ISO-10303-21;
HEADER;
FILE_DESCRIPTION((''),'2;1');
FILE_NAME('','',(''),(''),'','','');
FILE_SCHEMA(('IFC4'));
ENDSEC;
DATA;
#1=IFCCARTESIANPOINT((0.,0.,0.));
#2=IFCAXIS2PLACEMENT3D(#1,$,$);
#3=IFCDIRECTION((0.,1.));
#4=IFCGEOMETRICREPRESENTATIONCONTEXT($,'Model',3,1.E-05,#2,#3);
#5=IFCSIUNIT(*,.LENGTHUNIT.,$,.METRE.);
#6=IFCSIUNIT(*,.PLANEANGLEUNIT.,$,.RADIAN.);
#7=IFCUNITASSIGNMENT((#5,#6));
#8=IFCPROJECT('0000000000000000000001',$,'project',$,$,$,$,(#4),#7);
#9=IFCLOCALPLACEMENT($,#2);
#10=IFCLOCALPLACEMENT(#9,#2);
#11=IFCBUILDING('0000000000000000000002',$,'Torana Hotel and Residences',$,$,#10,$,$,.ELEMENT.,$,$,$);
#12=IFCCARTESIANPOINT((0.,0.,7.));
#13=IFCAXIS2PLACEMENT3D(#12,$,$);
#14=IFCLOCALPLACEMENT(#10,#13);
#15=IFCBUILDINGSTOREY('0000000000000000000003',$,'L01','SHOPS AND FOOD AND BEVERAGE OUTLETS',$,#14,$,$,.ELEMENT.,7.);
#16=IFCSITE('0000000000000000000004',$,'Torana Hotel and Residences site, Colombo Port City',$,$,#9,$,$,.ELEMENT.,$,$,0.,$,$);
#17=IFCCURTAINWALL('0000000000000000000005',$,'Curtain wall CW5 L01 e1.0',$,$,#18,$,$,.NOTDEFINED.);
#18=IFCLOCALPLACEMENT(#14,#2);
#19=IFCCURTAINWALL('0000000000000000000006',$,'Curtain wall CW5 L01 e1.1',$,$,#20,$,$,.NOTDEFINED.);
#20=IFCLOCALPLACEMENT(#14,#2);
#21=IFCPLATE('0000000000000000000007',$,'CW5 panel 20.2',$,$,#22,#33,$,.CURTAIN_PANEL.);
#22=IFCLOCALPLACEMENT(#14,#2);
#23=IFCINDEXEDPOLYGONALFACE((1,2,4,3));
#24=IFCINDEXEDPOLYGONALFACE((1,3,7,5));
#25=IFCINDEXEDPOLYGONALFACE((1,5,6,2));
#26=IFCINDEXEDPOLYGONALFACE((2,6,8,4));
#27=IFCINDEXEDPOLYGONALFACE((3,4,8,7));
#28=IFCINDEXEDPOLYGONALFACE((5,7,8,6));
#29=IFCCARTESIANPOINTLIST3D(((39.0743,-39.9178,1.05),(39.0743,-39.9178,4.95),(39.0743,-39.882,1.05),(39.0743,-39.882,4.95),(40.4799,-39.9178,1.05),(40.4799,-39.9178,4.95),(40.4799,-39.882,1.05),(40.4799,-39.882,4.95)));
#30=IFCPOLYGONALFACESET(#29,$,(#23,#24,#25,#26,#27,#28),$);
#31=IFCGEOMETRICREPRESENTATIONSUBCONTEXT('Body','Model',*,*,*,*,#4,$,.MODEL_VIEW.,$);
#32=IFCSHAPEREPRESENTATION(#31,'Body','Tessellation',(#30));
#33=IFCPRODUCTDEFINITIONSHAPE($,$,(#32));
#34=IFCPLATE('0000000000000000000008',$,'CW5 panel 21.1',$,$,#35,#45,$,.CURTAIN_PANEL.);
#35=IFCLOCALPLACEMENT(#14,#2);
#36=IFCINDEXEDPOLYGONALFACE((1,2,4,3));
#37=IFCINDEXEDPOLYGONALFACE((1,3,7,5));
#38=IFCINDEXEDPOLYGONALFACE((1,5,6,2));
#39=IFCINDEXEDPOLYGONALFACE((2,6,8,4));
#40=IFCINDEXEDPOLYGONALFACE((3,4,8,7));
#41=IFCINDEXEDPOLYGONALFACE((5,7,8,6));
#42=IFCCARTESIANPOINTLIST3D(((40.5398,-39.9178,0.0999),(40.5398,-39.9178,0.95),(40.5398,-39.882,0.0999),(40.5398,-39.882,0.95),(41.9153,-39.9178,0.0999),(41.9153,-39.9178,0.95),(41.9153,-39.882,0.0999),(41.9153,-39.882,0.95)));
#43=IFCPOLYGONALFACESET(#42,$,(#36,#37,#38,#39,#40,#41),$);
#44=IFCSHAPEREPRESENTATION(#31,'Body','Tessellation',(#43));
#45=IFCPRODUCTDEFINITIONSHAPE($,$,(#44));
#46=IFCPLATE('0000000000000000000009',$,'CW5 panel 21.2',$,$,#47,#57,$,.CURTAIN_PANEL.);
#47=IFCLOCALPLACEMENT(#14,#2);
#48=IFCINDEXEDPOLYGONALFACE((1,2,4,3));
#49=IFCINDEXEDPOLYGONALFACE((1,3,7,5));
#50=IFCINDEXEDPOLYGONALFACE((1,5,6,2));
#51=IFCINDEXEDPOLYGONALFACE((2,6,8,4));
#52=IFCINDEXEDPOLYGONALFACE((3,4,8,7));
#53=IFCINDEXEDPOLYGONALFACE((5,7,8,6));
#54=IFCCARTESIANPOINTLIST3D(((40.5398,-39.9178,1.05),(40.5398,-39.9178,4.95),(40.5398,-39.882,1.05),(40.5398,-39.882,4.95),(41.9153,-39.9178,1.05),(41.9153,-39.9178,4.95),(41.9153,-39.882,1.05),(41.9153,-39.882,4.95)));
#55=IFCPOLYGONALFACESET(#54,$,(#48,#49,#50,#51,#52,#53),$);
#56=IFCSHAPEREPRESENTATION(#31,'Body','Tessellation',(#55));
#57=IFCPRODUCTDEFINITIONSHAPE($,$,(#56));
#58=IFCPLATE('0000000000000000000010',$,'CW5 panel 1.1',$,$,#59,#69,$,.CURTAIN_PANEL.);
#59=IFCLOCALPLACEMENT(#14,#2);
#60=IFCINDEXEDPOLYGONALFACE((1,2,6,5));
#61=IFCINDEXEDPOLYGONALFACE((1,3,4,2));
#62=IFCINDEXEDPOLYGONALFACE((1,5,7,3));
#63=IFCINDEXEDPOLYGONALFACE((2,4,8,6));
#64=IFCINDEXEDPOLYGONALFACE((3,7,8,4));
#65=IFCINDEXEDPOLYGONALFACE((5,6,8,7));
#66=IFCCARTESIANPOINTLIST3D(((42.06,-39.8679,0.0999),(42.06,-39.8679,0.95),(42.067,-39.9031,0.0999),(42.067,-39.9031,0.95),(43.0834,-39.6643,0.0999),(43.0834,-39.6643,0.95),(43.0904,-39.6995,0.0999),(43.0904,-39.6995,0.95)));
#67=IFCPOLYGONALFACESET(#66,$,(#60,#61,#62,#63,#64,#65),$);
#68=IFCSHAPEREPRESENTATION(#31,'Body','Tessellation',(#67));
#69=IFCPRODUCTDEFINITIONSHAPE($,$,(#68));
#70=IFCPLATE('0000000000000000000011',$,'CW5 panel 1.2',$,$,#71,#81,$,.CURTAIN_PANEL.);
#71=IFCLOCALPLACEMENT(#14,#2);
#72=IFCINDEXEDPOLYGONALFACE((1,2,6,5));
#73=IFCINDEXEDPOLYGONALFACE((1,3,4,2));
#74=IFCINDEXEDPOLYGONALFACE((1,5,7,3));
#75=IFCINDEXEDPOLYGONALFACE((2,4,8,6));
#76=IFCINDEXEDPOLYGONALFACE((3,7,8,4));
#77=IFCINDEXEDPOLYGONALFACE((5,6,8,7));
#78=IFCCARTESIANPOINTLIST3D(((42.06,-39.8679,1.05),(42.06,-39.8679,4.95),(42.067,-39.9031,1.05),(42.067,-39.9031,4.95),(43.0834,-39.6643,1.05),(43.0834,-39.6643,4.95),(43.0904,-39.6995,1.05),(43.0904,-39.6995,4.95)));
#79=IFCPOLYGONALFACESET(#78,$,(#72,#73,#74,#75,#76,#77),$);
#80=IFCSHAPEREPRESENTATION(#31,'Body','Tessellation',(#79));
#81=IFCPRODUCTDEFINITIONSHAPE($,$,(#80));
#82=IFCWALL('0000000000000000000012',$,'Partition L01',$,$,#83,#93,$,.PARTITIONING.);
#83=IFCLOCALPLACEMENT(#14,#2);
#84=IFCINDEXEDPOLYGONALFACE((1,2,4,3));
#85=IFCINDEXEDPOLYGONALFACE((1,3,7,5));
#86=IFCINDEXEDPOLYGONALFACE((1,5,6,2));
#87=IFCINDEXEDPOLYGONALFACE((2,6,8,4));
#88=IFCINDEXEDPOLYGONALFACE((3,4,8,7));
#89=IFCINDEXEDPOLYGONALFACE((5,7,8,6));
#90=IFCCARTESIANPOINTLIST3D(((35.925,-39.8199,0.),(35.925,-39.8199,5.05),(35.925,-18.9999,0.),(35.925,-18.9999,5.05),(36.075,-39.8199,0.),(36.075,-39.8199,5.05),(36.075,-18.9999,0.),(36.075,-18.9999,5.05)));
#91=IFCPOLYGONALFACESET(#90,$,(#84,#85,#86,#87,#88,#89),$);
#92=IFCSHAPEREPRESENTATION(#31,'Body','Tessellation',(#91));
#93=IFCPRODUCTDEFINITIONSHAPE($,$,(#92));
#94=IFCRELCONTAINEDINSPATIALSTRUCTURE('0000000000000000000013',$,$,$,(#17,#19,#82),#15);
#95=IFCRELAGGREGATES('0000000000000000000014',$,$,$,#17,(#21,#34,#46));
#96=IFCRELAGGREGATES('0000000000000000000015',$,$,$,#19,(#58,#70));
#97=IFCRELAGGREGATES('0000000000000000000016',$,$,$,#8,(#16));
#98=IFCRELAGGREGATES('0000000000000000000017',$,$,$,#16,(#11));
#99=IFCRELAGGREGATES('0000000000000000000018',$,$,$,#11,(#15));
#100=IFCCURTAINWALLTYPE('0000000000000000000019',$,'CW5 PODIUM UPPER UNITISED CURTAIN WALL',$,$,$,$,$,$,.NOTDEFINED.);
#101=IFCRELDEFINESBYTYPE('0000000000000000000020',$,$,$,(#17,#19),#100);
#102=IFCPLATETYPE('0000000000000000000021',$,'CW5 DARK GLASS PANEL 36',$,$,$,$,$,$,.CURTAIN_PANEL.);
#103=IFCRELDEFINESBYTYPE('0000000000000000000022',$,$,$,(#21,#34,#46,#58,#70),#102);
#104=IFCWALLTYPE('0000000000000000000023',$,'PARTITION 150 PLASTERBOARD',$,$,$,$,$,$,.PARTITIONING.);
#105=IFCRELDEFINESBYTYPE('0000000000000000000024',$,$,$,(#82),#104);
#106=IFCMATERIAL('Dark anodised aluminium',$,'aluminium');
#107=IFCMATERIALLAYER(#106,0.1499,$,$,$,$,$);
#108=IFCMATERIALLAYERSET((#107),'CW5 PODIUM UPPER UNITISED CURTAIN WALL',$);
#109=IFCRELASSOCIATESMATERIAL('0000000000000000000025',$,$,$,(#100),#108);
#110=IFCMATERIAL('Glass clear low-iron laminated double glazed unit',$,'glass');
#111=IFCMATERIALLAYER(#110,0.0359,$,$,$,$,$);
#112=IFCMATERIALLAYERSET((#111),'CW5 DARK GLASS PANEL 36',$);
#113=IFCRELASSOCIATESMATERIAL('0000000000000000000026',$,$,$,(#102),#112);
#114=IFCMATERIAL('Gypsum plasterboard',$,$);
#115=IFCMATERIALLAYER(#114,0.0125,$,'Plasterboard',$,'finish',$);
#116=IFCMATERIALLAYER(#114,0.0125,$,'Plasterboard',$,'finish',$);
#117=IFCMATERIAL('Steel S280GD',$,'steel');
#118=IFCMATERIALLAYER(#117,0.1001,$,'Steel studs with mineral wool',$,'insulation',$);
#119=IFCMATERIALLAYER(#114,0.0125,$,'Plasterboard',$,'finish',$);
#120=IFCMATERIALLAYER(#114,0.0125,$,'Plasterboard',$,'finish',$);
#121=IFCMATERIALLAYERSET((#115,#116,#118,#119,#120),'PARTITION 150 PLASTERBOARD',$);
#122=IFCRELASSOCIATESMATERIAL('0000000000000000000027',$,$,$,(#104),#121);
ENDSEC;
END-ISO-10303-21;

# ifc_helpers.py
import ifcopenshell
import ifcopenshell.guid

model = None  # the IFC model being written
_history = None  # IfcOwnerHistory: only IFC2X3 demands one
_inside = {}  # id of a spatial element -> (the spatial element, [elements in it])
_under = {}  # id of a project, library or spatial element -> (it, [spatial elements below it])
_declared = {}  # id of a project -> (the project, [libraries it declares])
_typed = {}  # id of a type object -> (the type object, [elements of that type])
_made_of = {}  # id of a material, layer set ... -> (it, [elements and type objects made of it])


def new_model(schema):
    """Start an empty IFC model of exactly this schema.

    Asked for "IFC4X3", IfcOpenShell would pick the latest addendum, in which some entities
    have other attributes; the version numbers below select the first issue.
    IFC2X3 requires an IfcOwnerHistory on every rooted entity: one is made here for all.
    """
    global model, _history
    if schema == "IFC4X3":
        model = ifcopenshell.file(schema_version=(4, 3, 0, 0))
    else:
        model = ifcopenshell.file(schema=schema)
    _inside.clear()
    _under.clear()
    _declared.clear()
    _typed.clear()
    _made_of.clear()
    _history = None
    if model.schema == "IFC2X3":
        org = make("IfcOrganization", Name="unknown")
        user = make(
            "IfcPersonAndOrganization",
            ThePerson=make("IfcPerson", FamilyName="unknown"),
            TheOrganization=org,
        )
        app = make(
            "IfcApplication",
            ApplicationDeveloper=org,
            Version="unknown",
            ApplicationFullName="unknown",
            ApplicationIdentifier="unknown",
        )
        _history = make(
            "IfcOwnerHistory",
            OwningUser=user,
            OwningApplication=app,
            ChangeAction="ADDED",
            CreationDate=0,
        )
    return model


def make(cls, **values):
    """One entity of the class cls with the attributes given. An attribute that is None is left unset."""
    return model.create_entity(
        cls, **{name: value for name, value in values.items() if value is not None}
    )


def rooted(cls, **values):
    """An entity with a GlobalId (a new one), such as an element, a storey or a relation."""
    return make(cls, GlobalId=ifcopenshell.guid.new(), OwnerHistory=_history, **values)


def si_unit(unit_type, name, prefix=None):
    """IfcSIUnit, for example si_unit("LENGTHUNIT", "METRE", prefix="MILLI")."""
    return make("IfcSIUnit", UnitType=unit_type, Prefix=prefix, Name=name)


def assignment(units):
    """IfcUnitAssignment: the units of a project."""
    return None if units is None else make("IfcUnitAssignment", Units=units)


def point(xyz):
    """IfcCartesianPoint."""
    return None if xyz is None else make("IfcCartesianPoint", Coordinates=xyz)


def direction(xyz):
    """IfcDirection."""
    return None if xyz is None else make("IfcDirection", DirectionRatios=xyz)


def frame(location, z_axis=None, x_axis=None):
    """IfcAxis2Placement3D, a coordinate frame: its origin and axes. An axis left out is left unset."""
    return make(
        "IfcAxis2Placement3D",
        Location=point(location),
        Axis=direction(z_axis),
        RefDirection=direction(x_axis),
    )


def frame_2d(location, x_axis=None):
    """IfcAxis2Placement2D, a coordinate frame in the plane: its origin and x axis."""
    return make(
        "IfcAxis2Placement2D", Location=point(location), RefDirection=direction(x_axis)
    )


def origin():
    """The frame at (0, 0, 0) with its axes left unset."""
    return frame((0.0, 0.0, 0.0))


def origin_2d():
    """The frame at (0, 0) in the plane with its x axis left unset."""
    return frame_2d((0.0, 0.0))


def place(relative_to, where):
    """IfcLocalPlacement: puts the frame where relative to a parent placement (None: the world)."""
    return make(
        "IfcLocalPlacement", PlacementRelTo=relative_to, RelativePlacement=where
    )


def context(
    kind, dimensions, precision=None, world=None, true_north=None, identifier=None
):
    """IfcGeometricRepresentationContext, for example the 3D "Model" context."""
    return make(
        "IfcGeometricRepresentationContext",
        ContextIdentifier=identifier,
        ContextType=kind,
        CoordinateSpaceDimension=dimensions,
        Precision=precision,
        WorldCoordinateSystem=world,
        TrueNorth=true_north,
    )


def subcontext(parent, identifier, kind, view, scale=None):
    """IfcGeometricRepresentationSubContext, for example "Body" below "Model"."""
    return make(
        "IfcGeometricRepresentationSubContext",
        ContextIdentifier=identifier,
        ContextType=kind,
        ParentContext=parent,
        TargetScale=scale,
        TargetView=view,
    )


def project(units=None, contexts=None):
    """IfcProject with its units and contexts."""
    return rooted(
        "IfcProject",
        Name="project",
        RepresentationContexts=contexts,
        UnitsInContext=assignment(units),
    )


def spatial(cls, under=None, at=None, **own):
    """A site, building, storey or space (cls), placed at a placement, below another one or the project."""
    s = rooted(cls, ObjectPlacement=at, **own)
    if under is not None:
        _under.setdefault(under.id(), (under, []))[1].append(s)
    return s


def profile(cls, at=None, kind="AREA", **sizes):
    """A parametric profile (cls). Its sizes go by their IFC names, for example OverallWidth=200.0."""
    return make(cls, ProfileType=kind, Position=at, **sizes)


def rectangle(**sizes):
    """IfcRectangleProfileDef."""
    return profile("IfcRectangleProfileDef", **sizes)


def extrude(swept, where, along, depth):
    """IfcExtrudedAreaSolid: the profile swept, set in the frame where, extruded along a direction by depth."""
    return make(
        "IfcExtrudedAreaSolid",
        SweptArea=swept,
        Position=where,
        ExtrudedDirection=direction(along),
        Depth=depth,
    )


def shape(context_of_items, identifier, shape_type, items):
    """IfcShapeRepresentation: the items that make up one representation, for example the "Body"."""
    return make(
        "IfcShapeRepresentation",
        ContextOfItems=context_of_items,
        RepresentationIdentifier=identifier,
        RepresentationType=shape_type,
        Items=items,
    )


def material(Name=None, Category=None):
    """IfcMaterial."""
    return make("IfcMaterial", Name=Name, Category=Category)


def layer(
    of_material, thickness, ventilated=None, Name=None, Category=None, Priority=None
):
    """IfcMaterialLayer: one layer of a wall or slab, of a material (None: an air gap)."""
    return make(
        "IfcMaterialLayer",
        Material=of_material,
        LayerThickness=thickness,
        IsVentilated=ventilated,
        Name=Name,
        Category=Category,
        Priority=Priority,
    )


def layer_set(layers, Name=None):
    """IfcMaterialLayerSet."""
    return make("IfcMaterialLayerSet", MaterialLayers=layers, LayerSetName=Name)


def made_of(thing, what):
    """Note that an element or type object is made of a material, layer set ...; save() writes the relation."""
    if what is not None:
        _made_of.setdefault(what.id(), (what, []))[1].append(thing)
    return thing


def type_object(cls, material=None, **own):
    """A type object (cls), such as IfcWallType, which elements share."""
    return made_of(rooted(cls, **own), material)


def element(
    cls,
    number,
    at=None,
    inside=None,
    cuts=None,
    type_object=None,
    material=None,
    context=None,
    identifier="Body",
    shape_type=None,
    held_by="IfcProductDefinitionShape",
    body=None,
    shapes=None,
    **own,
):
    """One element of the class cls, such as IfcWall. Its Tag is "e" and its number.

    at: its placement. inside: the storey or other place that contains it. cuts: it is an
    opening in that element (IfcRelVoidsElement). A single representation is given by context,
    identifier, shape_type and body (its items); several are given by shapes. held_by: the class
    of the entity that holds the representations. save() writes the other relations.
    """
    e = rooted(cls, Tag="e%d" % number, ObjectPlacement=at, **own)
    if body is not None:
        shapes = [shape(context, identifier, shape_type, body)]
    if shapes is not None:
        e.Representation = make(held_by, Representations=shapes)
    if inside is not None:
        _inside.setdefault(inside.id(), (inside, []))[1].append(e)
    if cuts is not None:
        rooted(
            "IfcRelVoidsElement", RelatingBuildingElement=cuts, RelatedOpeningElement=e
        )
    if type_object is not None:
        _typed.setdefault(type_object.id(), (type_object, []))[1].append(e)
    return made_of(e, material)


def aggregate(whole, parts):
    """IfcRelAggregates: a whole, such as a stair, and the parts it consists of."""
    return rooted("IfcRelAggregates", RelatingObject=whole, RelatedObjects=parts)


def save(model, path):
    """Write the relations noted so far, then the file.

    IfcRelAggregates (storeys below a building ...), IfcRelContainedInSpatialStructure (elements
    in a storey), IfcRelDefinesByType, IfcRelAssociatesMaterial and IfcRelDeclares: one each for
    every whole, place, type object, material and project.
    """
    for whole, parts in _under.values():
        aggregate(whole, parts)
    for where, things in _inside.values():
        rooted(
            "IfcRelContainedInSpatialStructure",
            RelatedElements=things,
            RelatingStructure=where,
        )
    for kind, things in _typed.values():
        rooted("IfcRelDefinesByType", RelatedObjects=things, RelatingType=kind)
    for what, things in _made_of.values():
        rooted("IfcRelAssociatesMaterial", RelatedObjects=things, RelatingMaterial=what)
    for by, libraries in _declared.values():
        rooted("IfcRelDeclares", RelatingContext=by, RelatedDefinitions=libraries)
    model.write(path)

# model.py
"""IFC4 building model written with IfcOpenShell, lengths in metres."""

from ifc_helpers import new_model, si_unit, direction, frame, frame_2d, origin, origin_2d, place, context, subcontext, project, spatial, rectangle, extrude, material, layer, layer_set, type_object, element, aggregate, save


model = new_model("IFC4")

# Units and contexts
model_context = context("Model", 3, precision=1e-05, world=origin(), true_north=direction((0.0, 1.0)))
body_context = subcontext(model_context, "Body", "Model", "MODEL_VIEW")
ifc_project = project(units=[si_unit("LENGTHUNIT", "METRE"), si_unit("PLANEANGLEUNIT", "RADIAN")], contexts=[model_context])

# Site, building, storey
site_placement = place(None, origin())
site = spatial("IfcSite", under=ifc_project, at=site_placement, Name="Torana Hotel and Residences site, Colombo Port City", CompositionType="ELEMENT", RefElevation=0.0)
building_placement = place(site_placement, origin())
building = spatial("IfcBuilding", under=site, at=building_placement, Name="Torana Hotel and Residences", CompositionType="ELEMENT")
storey_placement = place(building_placement, frame((0.0, 0.0, 7.0)))
storey = spatial("IfcBuildingStorey", under=building, at=storey_placement, Name="L01", Description="SHOPS AND FOOD AND BEVERAGE OUTLETS", CompositionType="ELEMENT", Elevation=7.0)

# Curtain walls
ifc_material_1 = material(Name="Dark anodised aluminium", Category="aluminium")
ifc_layer_1 = layer(ifc_material_1, 0.1499)
ifc_layer_set_1 = layer_set([ifc_layer_1], Name="CW5 PODIUM UPPER UNITISED CURTAIN WALL")
curtain_wall_type = type_object("IfcCurtainWallType", Name="CW5 PODIUM UPPER UNITISED CURTAIN WALL", PredefinedType="NOTDEFINED", material=ifc_layer_set_1)
curtain_wall_1_placement = place(storey_placement, origin())
curtain_wall_1 = element("IfcCurtainWall", 1, at=curtain_wall_1_placement, inside=storey, type_object=curtain_wall_type, Name="Curtain wall CW5 L01 e1.0", PredefinedType="NOTDEFINED")
curtain_wall_2_placement = place(storey_placement, origin())
curtain_wall_2 = element("IfcCurtainWall", 2, at=curtain_wall_2_placement, inside=storey, type_object=curtain_wall_type, Name="Curtain wall CW5 L01 e1.1", PredefinedType="NOTDEFINED")

# Plates
ifc_material_2 = material(Name="Glass clear low-iron laminated double glazed unit", Category="glass")
ifc_layer_2 = layer(ifc_material_2, 0.0359)
ifc_layer_set_2 = layer_set([ifc_layer_2], Name="CW5 DARK GLASS PANEL 36")
plate_type = type_object("IfcPlateType", Name="CW5 DARK GLASS PANEL 36", PredefinedType="CURTAIN_PANEL", material=ifc_layer_set_2)
plate_1_placement = place(storey_placement, frame((39.7771, -39.8999, 1.05), z_axis=(0.0, 0.0, 1.0), x_axis=(1.0, 0.0, 0.0)))
plate_1 = element("IfcPlate", 3, at=plate_1_placement, type_object=plate_type, Name="CW5 panel 20.2", PredefinedType="CURTAIN_PANEL", context=body_context, shape_type="SweptSolid", body=[
    extrude(rectangle(XDim=1.4055, YDim=0.0359, at=origin_2d()), origin(), (0.0, 0.0, 1.0), 3.8999),
])
plate_2_placement = place(storey_placement, frame((41.2275, -39.8999, 0.0999), z_axis=(0.0, 0.0, 1.0), x_axis=(1.0, 0.0, 0.0)))
plate_2 = element("IfcPlate", 4, at=plate_2_placement, type_object=plate_type, Name="CW5 panel 21.1", PredefinedType="CURTAIN_PANEL", context=body_context, shape_type="SweptSolid", body=[
    extrude(rectangle(XDim=1.3755, YDim=0.0359, at=origin_2d()), origin(), (0.0, 0.0, 1.0), 0.8501),
])
plate_3_placement = place(storey_placement, frame((41.2275, -39.8999, 1.05), z_axis=(0.0, 0.0, 1.0), x_axis=(1.0, 0.0, 0.0)))
plate_3 = element("IfcPlate", 5, at=plate_3_placement, type_object=plate_type, Name="CW5 panel 21.2", PredefinedType="CURTAIN_PANEL", context=body_context, shape_type="SweptSolid", body=[
    extrude(rectangle(XDim=1.3755, YDim=0.0359, at=origin_2d()), origin(), (0.0, 0.0, 1.0), 3.8999),
])
aggregate(curtain_wall_1, [plate_1, plate_2, plate_3])
plate_4_placement = place(storey_placement, frame((42.5752, -39.7837, 0.0999), z_axis=(0.0, 0.0, 1.0), x_axis=(0.980787, 0.195081, 0.0)))
plate_4 = element("IfcPlate", 6, at=plate_4_placement, type_object=plate_type, Name="CW5 panel 1.1", PredefinedType="CURTAIN_PANEL", context=body_context, shape_type="SweptSolid", body=[
    extrude(rectangle(XDim=1.0435, YDim=0.0359, at=origin_2d()), origin(), (0.0, 0.0, 1.0), 0.8501),
])
plate_5_placement = place(storey_placement, frame((42.5752, -39.7837, 1.05), z_axis=(0.0, 0.0, 1.0), x_axis=(0.980787, 0.195081, 0.0)))
plate_5 = element("IfcPlate", 7, at=plate_5_placement, type_object=plate_type, Name="CW5 panel 1.2", PredefinedType="CURTAIN_PANEL", context=body_context, shape_type="SweptSolid", body=[
    extrude(rectangle(XDim=1.0435, YDim=0.0359, at=origin_2d()), origin(), (0.0, 0.0, 1.0), 3.8999),
])
aggregate(curtain_wall_2, [plate_4, plate_5])

# Wall
ifc_material_3 = material(Name="Gypsum plasterboard")
ifc_layer_3 = layer(ifc_material_3, 0.0125, Name="Plasterboard", Category="finish")
ifc_layer_4 = layer(ifc_material_3, 0.0125, Name="Plasterboard", Category="finish")
ifc_material_4 = material(Name="Steel S280GD", Category="steel")
ifc_layer_5 = layer(ifc_material_4, 0.1001, Name="Steel studs with mineral wool", Category="insulation")
ifc_layer_6 = layer(ifc_material_3, 0.0125, Name="Plasterboard", Category="finish")
ifc_layer_7 = layer(ifc_material_3, 0.0125, Name="Plasterboard", Category="finish")
ifc_layer_set_3 = layer_set([ifc_layer_3, ifc_layer_4, ifc_layer_5, ifc_layer_6, ifc_layer_7], Name="PARTITION 150 PLASTERBOARD")
wall_type = type_object("IfcWallType", Name="PARTITION 150 PLASTERBOARD", PredefinedType="PARTITIONING", material=ifc_layer_set_3)
wall_placement = place(storey_placement, frame((36.0, -39.8201, 0.0), z_axis=(0.0, 0.0, 1.0), x_axis=(0.0, 1.0, 0.0)))
element("IfcWall", 8, at=wall_placement, inside=storey, type_object=wall_type, Name="Partition L01", PredefinedType="PARTITIONING", context=body_context, shape_type="SweptSolid", body=[
    extrude(rectangle(XDim=20.8201, YDim=0.1499, at=frame_2d((10.4102, 0.0))), origin(), (0.0, 0.0, 1.0), 5.05),
])

save(model, "model.ifc")
